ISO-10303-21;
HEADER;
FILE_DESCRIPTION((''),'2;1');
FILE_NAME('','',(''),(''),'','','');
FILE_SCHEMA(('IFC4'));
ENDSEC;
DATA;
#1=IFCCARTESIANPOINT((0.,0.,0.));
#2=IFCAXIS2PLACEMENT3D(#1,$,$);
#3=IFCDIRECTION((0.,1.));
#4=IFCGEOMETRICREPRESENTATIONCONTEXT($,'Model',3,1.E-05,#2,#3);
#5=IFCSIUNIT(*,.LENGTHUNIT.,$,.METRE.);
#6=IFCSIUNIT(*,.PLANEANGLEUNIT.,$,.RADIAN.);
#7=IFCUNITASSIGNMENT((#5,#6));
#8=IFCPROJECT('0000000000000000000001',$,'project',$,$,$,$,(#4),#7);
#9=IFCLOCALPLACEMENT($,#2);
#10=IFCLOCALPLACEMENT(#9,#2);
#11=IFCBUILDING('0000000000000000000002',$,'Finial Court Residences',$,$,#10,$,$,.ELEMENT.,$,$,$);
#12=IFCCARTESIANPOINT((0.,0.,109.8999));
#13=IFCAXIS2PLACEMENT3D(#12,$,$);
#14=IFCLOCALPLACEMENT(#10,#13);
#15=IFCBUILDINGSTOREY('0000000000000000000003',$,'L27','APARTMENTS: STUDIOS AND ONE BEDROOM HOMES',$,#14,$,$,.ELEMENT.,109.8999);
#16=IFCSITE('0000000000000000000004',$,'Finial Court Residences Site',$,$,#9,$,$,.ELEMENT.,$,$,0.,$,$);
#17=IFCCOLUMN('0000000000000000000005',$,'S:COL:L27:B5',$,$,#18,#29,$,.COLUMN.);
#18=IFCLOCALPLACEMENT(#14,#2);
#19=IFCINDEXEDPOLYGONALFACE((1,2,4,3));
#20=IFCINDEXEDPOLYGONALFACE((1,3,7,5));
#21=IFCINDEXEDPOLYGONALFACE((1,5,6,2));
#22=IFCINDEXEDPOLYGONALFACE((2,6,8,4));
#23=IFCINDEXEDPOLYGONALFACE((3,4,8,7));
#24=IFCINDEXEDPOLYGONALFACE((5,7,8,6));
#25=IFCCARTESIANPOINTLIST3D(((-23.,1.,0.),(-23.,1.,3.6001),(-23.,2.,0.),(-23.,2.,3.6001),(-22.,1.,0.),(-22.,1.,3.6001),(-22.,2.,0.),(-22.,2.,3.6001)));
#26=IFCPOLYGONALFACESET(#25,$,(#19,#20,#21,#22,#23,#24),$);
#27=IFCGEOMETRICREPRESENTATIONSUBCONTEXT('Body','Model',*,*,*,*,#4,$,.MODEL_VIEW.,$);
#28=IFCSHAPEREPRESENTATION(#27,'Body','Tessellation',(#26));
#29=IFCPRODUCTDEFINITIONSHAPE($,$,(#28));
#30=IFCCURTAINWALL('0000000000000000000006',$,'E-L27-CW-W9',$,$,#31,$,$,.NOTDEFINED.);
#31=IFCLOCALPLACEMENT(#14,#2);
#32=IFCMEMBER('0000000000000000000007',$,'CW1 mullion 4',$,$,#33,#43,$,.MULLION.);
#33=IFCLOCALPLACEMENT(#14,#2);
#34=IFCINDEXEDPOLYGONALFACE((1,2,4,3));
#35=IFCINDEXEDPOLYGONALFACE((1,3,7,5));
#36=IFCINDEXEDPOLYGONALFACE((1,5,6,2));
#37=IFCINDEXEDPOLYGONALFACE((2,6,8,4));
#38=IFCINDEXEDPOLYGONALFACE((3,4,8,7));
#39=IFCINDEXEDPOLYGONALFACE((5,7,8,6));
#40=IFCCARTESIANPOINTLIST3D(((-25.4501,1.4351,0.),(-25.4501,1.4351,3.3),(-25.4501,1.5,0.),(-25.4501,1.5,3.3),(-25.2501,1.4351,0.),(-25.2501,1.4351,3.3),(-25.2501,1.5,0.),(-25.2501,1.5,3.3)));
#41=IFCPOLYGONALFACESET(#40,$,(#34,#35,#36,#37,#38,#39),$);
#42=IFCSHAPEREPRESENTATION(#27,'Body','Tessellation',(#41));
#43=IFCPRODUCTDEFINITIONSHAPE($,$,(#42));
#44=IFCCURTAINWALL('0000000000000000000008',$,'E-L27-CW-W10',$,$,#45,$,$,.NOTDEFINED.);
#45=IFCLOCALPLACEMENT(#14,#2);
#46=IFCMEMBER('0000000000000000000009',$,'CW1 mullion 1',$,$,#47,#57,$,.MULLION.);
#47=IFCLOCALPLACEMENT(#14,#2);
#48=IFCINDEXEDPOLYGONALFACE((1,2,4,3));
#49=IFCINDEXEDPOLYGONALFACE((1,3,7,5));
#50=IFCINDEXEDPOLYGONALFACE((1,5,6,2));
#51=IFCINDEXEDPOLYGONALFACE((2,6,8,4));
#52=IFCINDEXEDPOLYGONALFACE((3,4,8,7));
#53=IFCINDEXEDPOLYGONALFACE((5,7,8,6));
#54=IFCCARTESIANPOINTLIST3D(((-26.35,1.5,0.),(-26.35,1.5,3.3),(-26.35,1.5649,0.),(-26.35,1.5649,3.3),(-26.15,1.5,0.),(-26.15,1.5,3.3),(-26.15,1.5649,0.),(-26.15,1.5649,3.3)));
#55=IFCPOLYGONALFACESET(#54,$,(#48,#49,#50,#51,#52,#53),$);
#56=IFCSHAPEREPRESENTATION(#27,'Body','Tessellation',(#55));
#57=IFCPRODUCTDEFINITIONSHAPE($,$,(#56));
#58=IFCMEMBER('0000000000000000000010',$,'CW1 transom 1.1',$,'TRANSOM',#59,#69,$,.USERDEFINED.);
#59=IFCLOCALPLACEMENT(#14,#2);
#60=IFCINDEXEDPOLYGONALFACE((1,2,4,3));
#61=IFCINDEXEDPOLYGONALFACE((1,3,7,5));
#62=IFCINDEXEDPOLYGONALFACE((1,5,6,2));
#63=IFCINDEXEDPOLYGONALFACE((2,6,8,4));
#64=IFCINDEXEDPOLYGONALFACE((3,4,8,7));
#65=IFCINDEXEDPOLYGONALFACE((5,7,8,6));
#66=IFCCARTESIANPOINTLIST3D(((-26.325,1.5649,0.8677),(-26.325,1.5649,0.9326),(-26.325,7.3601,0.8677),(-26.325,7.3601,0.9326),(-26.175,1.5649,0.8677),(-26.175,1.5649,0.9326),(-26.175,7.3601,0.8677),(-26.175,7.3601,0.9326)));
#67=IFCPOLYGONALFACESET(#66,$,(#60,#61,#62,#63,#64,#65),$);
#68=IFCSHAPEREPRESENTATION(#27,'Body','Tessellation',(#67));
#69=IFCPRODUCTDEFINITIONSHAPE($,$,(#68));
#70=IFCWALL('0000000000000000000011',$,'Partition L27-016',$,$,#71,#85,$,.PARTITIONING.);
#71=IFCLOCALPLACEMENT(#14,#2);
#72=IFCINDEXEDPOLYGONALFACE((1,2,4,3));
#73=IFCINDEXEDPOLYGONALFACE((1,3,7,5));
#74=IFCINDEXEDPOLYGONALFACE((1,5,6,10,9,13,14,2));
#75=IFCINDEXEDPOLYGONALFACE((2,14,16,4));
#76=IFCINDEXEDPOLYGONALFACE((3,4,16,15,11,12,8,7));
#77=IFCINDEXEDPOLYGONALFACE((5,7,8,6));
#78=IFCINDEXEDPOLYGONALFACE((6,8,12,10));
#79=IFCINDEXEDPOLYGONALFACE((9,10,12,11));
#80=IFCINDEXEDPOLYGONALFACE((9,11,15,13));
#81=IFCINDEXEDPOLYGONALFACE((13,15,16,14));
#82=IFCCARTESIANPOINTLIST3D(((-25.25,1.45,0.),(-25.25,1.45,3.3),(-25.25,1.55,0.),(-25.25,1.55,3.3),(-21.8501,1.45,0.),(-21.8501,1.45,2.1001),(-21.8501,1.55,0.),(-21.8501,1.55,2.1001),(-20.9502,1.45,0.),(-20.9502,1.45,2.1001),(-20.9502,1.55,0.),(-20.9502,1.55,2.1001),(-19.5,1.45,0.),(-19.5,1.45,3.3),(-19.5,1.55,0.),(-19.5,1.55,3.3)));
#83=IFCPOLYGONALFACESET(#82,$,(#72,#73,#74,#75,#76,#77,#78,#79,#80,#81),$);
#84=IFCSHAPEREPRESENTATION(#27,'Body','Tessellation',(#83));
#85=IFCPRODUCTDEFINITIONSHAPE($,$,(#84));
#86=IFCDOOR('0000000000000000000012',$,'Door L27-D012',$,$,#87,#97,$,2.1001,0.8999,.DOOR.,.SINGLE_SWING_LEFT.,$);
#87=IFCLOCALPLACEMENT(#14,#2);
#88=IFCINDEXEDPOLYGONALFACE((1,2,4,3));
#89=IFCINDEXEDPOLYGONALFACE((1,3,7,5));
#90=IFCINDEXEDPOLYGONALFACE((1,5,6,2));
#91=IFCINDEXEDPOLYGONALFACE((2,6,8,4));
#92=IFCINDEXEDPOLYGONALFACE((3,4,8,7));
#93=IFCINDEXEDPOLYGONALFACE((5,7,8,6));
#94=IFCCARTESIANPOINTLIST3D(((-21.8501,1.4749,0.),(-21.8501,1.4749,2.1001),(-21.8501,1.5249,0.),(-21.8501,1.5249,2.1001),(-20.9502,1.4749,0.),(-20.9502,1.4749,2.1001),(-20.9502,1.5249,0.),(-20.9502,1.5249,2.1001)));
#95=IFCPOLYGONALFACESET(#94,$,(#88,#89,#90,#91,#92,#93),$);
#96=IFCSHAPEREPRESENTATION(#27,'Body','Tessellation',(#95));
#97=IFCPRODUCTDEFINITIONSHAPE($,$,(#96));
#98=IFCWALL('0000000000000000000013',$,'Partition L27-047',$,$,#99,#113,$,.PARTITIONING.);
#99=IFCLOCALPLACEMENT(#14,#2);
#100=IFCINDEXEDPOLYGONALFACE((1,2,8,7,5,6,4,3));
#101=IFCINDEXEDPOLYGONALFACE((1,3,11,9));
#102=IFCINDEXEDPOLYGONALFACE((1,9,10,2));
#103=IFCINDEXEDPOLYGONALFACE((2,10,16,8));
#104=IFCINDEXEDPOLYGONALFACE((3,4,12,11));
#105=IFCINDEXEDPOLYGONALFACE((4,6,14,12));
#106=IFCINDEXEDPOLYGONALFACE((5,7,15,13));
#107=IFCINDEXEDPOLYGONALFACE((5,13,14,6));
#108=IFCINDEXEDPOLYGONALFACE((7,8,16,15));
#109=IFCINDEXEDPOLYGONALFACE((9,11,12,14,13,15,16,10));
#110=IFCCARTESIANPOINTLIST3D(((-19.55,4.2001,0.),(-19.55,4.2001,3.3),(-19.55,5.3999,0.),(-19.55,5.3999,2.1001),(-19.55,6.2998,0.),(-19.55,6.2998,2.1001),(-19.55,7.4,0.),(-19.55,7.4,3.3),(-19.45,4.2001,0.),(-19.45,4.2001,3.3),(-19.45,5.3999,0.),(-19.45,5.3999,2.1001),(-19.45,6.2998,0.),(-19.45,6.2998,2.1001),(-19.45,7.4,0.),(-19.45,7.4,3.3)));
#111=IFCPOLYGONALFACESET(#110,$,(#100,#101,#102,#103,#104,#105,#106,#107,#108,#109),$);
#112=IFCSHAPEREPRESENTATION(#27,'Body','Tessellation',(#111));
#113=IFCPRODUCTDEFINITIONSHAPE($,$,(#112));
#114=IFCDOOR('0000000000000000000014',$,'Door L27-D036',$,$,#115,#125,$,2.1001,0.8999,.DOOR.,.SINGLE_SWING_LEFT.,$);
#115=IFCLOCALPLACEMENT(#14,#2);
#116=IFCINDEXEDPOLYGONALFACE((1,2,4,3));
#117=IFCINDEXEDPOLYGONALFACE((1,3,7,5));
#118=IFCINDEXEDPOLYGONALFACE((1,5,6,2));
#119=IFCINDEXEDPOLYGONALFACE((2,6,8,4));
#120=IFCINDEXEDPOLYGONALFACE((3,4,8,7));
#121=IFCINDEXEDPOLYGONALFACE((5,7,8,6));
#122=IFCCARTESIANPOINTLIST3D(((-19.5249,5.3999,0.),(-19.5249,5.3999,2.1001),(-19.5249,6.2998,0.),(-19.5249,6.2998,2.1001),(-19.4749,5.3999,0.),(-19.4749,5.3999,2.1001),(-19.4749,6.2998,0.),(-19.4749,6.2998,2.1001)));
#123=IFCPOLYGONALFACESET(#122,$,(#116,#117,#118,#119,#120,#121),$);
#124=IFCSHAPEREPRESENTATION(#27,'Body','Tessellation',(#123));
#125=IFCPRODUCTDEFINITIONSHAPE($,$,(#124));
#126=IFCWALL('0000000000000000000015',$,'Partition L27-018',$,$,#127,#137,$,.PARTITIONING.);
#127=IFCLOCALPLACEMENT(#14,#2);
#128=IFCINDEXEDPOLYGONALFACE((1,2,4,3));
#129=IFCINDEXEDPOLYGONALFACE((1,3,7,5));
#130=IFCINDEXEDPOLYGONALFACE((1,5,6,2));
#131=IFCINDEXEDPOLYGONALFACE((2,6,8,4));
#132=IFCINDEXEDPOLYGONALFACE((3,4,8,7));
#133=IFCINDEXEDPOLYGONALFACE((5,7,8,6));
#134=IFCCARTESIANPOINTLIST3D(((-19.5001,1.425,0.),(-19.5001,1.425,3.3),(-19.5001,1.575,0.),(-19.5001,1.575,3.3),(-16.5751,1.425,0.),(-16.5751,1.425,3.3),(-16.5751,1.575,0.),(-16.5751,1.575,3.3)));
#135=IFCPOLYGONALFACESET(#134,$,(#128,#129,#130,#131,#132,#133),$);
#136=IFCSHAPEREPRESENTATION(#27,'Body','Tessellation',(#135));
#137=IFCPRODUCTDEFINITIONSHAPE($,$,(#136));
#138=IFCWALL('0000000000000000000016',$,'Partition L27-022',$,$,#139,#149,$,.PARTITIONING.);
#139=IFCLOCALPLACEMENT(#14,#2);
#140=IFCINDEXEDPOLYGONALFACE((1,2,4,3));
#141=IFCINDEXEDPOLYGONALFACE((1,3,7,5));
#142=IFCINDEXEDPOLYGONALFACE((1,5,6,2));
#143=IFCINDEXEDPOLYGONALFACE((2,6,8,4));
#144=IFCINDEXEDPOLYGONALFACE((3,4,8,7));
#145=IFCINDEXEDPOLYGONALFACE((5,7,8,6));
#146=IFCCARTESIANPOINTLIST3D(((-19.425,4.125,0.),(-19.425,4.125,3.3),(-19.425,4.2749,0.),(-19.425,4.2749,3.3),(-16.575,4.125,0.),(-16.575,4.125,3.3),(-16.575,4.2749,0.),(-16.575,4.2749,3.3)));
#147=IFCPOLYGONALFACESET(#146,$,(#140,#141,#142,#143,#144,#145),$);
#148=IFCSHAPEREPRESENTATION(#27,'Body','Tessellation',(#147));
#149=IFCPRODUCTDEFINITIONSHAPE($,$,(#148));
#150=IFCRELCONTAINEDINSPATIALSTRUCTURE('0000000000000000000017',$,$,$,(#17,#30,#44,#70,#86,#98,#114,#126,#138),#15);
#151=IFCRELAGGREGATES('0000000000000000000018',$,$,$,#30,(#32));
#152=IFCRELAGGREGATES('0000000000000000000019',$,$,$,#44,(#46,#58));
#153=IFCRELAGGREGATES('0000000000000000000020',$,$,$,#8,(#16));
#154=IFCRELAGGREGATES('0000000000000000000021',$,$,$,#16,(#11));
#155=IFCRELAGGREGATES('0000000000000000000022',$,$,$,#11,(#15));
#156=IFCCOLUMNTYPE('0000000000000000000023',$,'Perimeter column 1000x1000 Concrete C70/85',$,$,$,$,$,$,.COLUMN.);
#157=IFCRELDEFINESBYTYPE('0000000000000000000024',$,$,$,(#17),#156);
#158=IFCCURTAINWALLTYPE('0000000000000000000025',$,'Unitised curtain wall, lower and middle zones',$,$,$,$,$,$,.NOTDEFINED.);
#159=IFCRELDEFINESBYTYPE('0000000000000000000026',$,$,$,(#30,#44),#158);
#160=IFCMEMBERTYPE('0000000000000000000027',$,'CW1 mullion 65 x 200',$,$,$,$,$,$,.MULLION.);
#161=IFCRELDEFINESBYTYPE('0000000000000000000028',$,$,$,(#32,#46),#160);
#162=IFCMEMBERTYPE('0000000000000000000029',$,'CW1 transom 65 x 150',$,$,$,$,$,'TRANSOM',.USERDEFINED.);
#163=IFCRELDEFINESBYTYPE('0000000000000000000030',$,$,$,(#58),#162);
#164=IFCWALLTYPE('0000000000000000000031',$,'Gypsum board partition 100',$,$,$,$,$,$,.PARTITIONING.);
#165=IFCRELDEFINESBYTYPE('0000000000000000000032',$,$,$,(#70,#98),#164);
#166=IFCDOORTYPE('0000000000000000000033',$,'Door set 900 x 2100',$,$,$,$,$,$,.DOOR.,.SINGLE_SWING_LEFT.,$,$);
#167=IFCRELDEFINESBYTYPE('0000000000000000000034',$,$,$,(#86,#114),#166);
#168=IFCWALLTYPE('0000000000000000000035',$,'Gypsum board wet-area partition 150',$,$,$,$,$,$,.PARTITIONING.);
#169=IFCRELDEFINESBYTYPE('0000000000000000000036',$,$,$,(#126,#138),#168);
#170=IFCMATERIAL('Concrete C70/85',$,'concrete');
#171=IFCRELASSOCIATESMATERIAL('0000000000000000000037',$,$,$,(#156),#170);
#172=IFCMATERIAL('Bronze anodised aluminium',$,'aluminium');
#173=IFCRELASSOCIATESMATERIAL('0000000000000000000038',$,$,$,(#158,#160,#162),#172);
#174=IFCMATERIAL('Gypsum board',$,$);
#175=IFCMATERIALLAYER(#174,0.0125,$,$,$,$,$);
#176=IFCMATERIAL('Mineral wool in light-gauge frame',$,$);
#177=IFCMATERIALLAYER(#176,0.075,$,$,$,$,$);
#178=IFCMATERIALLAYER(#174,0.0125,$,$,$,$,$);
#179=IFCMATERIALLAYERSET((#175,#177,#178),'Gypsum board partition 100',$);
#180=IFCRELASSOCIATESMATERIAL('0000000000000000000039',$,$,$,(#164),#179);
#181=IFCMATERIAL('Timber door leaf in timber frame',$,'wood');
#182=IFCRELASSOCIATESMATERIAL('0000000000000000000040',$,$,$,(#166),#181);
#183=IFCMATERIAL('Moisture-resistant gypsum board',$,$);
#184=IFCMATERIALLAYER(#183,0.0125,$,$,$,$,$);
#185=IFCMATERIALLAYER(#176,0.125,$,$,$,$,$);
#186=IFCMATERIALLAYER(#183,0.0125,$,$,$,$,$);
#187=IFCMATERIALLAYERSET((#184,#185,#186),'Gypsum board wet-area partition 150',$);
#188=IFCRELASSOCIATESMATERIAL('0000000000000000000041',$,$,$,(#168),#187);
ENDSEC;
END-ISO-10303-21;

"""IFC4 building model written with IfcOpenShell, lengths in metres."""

from ifc_helpers import new_model, si_unit, direction, frame, frame_2d, origin, origin_2d, place, context, subcontext, project, spatial, rectangle, extrude, material, layer, layer_set, material_profile, profile_set, type_object, element, fill, aggregate, save


model = new_model("IFC4")

# Units and contexts
model_context = context("Model", 3, precision=1e-05, world=origin(), true_north=direction((0.0, 1.0)))
body_context = subcontext(model_context, "Body", "Model", "MODEL_VIEW")
ifc_project = project(units=[si_unit("LENGTHUNIT", "METRE"), si_unit("PLANEANGLEUNIT", "RADIAN")], contexts=[model_context])

# Site, building, storey
site_placement = place(None, origin())
site = spatial("IfcSite", under=ifc_project, at=site_placement, Name="Finial Court Residences Site", CompositionType="ELEMENT", RefElevation=0.0)
building_placement = place(site_placement, origin())
building = spatial("IfcBuilding", under=site, at=building_placement, Name="Finial Court Residences", CompositionType="ELEMENT")
storey_placement = place(building_placement, frame((0.0, 0.0, 109.8999)))
storey = spatial("IfcBuildingStorey", under=building, at=storey_placement, Name="L27", Description="APARTMENTS: STUDIOS AND ONE BEDROOM HOMES", CompositionType="ELEMENT", Elevation=109.8999)

# Column
ifc_material_1 = material(Name="Concrete C70/85", Category="concrete")
ifc_material_profile_1 = material_profile(ifc_material_1, rectangle(XDim=1.0, YDim=1.0, at=origin_2d()), Name="1000x1000")
ifc_profile_set_1 = profile_set([ifc_material_profile_1], Name="Concrete C70/85")
column_type = type_object("IfcColumnType", Name="Perimeter column 1000x1000 Concrete C70/85", PredefinedType="COLUMN", material=ifc_profile_set_1)
column_placement = place(storey_placement, frame((-22.5, 1.5, 0.0), z_axis=(0.0, 0.0, 1.0), x_axis=(1.0, 0.0, 0.0)))
element("IfcColumn", 1, at=column_placement, inside=storey, type_object=column_type, Name="S:COL:L27:B5", PredefinedType="COLUMN", context=body_context, shape_type="SweptSolid", body=[
    extrude(rectangle(XDim=1.0, YDim=1.0, at=origin_2d()), origin(), (0.0, 0.0, 1.0), 3.6001),
])

# Curtain wall, member
ifc_material_2 = material(Name="Bronze anodised aluminium", Category="aluminium")
curtain_wall_type = type_object("IfcCurtainWallType", Name="Unitised curtain wall, lower and middle zones", PredefinedType="NOTDEFINED", material=ifc_material_2)
curtain_wall_1_placement = place(storey_placement, origin())
curtain_wall_1 = element("IfcCurtainWall", 2, at=curtain_wall_1_placement, inside=storey, type_object=curtain_wall_type, Name="E-L27-CW-W9", PredefinedType="NOTDEFINED")
ifc_material_profile_2 = material_profile(ifc_material_2, rectangle(XDim=0.2, YDim=0.0649, at=origin_2d()), Name="CW1 mullion 65 x 200")
ifc_profile_set_2 = profile_set([ifc_material_profile_2], Name="Bronze anodised aluminium")
member_type_1 = type_object("IfcMemberType", Name="CW1 mullion 65 x 200", PredefinedType="MULLION", material=ifc_profile_set_2)
member_1_placement = place(storey_placement, frame((-25.3501, 1.4675, 0.0), z_axis=(0.0, 0.0, 1.0), x_axis=(-1.0, 0.0, 0.0)))
member_1 = element("IfcMember", 3, at=member_1_placement, type_object=member_type_1, Name="CW1 mullion 4", PredefinedType="MULLION", context=body_context, shape_type="SweptSolid", body=[
    extrude(rectangle(XDim=0.2, YDim=0.0649, at=origin_2d()), origin(), (0.0, 0.0, 1.0), 3.3),
])
aggregate(curtain_wall_1, [member_1])

# Curtain wall, members
curtain_wall_2_placement = place(storey_placement, origin())
curtain_wall_2 = element("IfcCurtainWall", 4, at=curtain_wall_2_placement, inside=storey, type_object=curtain_wall_type, Name="E-L27-CW-W10", PredefinedType="NOTDEFINED")
member_2_placement = place(storey_placement, frame((-26.25, 1.5325, 0.0), z_axis=(0.0, 0.0, 1.0), x_axis=(-1.0, 0.0, 0.0)))
member_2 = element("IfcMember", 5, at=member_2_placement, type_object=member_type_1, Name="CW1 mullion 1", PredefinedType="MULLION", context=body_context, shape_type="SweptSolid", body=[
    extrude(rectangle(XDim=0.2, YDim=0.0649, at=origin_2d()), origin(), (0.0, 0.0, 1.0), 3.3),
])
ifc_material_profile_3 = material_profile(ifc_material_2, rectangle(XDim=0.1499, YDim=0.0649, at=origin_2d()), Name="CW1 transom 65 x 150")
ifc_profile_set_3 = profile_set([ifc_material_profile_3], Name="Bronze anodised aluminium")
member_type_2 = type_object("IfcMemberType", Name="CW1 transom 65 x 150", ElementType="TRANSOM", PredefinedType="USERDEFINED", material=ifc_profile_set_3)
member_3_placement = place(storey_placement, frame((-26.25, 1.5649, 0.9001), z_axis=(0.0, 1.0, 0.0), x_axis=(-1.0, 0.0, 0.0)))
member_3 = element("IfcMember", 6, at=member_3_placement, type_object=member_type_2, Name="CW1 transom 1.1", ObjectType="TRANSOM", PredefinedType="USERDEFINED", context=body_context, shape_type="SweptSolid", body=[
    extrude(rectangle(XDim=0.1499, YDim=0.0649, at=origin_2d()), origin(), (0.0, 0.0, 1.0), 5.7952),
])
aggregate(curtain_wall_2, [member_2, member_3])

# Walls, openings, doors
ifc_material_3 = material(Name="Gypsum board")
ifc_layer_1 = layer(ifc_material_3, 0.0125)
ifc_material_4 = material(Name="Mineral wool in light-gauge frame")
ifc_layer_2 = layer(ifc_material_4, 0.075)
ifc_layer_3 = layer(ifc_material_3, 0.0125)
ifc_layer_set_1 = layer_set([ifc_layer_1, ifc_layer_2, ifc_layer_3], Name="Gypsum board partition 100")
wall_type_1 = type_object("IfcWallType", Name="Gypsum board partition 100", PredefinedType="PARTITIONING", material=ifc_layer_set_1)
wall_1_placement = place(storey_placement, frame((-25.25, 1.5, 0.0), z_axis=(0.0, 0.0, 1.0), x_axis=(1.0, 0.0, 0.0)))
wall_1 = element("IfcWall", 7, at=wall_1_placement, inside=storey, type_object=wall_type_1, Name="Partition L27-016", PredefinedType="PARTITIONING", context=body_context, shape_type="SweptSolid", body=[
    extrude(rectangle(XDim=5.75, YDim=0.1001, at=frame_2d((2.875, 0.0))), origin(), (0.0, 0.0, 1.0), 3.3),
])
opening_1_placement = place(wall_1_placement, frame((3.3999, 0.0, 0.0)))
opening_1 = element("IfcOpeningElement", 8, at=opening_1_placement, cuts=wall_1, PredefinedType="OPENING", context=body_context, shape_type="SweptSolid", body=[
    extrude(rectangle(XDim=0.8999, YDim=2.1001, at=frame_2d((0.45, 1.05))), frame((0.0, 0.0601, 0.0), z_axis=(0.0, -1.0, 0.0), x_axis=(1.0, 0.0, 0.0)), (0.0, 0.0, 1.0), 0.1201),
])
ifc_material_5 = material(Name="Timber door leaf in timber frame", Category="wood")
door_type = type_object("IfcDoorType", Name="Door set 900 x 2100", OperationType="SINGLE_SWING_LEFT", PredefinedType="DOOR", material=ifc_material_5)
door_1_placement = place(opening_1_placement, origin())
door_1 = element("IfcDoor", 9, at=door_1_placement, inside=storey, type_object=door_type, Name="Door L27-D012", OperationType="SINGLE_SWING_LEFT", OverallHeight=2.1001, OverallWidth=0.8999, PredefinedType="DOOR", context=body_context, shape_type="SweptSolid", body=[
    extrude(rectangle(XDim=0.8999, YDim=2.1001, at=frame_2d((0.45, 1.05))), frame((0.0, 0.0249, 0.0), z_axis=(0.0, -1.0, 0.0), x_axis=(1.0, 0.0, 0.0)), (0.0, 0.0, 1.0), 0.05),
])
fill(opening_1, door_1)
wall_2_placement = place(storey_placement, frame((-19.5, 4.2, 0.0), z_axis=(0.0, 0.0, 1.0), x_axis=(0.0, 1.0, 0.0)))
wall_2 = element("IfcWall", 10, at=wall_2_placement, inside=storey, type_object=wall_type_1, Name="Partition L27-047", PredefinedType="PARTITIONING", context=body_context, shape_type="SweptSolid", body=[
    extrude(rectangle(XDim=3.2, YDim=0.1001, at=frame_2d((1.6001, 0.0))), origin(), (0.0, 0.0, 1.0), 3.3),
])
opening_2_placement = place(wall_2_placement, frame((1.2, 0.0, 0.0)))
opening_2 = element("IfcOpeningElement", 11, at=opening_2_placement, cuts=wall_2, PredefinedType="OPENING", context=body_context, shape_type="SweptSolid", body=[
    extrude(rectangle(XDim=0.8999, YDim=2.1001, at=frame_2d((0.45, 1.05))), frame((0.0, 0.0601, 0.0), z_axis=(0.0, -1.0, 0.0), x_axis=(1.0, 0.0, 0.0)), (0.0, 0.0, 1.0), 0.1201),
])
door_2_placement = place(opening_2_placement, origin())
door_2 = element("IfcDoor", 12, at=door_2_placement, inside=storey, type_object=door_type, Name="Door L27-D036", OperationType="SINGLE_SWING_LEFT", OverallHeight=2.1001, OverallWidth=0.8999, PredefinedType="DOOR", context=body_context, shape_type="SweptSolid", body=[
    extrude(rectangle(XDim=0.8999, YDim=2.1001, at=frame_2d((0.45, 1.05))), frame((0.0, 0.0249, 0.0), z_axis=(0.0, -1.0, 0.0), x_axis=(1.0, 0.0, 0.0)), (0.0, 0.0, 1.0), 0.05),
])
fill(opening_2, door_2)

# Walls
ifc_material_6 = material(Name="Moisture-resistant gypsum board")
ifc_layer_4 = layer(ifc_material_6, 0.0125)
ifc_layer_5 = layer(ifc_material_4, 0.125)
ifc_layer_6 = layer(ifc_material_6, 0.0125)
ifc_layer_set_2 = layer_set([ifc_layer_4, ifc_layer_5, ifc_layer_6], Name="Gypsum board wet-area partition 150")
wall_type_2 = type_object("IfcWallType", Name="Gypsum board wet-area partition 150", PredefinedType="PARTITIONING", material=ifc_layer_set_2)
wall_3_placement = place(storey_placement, frame((-19.5, 1.5, 0.0), z_axis=(0.0, 0.0, 1.0), x_axis=(1.0, 0.0, 0.0)))
element("IfcWall", 13, at=wall_3_placement, inside=storey, type_object=wall_type_2, Name="Partition L27-018", PredefinedType="PARTITIONING", context=body_context, shape_type="SweptSolid", body=[
    extrude(rectangle(XDim=2.925, YDim=0.1499, at=frame_2d((1.4624, 0.0))), origin(), (0.0, 0.0, 1.0), 3.3),
])
wall_4_placement = place(storey_placement, frame((-19.425, 4.2, 0.0), z_axis=(0.0, 0.0, 1.0), x_axis=(1.0, 0.0, 0.0)))
element("IfcWall", 14, at=wall_4_placement, inside=storey, type_object=wall_type_2, Name="Partition L27-022", PredefinedType="PARTITIONING", context=body_context, shape_type="SweptSolid", body=[
    extrude(rectangle(XDim=2.8501, YDim=0.1499, at=frame_2d((1.425, 0.0))), origin(), (0.0, 0.0, 1.0), 3.3),
])

save(model, "model.ifc")
